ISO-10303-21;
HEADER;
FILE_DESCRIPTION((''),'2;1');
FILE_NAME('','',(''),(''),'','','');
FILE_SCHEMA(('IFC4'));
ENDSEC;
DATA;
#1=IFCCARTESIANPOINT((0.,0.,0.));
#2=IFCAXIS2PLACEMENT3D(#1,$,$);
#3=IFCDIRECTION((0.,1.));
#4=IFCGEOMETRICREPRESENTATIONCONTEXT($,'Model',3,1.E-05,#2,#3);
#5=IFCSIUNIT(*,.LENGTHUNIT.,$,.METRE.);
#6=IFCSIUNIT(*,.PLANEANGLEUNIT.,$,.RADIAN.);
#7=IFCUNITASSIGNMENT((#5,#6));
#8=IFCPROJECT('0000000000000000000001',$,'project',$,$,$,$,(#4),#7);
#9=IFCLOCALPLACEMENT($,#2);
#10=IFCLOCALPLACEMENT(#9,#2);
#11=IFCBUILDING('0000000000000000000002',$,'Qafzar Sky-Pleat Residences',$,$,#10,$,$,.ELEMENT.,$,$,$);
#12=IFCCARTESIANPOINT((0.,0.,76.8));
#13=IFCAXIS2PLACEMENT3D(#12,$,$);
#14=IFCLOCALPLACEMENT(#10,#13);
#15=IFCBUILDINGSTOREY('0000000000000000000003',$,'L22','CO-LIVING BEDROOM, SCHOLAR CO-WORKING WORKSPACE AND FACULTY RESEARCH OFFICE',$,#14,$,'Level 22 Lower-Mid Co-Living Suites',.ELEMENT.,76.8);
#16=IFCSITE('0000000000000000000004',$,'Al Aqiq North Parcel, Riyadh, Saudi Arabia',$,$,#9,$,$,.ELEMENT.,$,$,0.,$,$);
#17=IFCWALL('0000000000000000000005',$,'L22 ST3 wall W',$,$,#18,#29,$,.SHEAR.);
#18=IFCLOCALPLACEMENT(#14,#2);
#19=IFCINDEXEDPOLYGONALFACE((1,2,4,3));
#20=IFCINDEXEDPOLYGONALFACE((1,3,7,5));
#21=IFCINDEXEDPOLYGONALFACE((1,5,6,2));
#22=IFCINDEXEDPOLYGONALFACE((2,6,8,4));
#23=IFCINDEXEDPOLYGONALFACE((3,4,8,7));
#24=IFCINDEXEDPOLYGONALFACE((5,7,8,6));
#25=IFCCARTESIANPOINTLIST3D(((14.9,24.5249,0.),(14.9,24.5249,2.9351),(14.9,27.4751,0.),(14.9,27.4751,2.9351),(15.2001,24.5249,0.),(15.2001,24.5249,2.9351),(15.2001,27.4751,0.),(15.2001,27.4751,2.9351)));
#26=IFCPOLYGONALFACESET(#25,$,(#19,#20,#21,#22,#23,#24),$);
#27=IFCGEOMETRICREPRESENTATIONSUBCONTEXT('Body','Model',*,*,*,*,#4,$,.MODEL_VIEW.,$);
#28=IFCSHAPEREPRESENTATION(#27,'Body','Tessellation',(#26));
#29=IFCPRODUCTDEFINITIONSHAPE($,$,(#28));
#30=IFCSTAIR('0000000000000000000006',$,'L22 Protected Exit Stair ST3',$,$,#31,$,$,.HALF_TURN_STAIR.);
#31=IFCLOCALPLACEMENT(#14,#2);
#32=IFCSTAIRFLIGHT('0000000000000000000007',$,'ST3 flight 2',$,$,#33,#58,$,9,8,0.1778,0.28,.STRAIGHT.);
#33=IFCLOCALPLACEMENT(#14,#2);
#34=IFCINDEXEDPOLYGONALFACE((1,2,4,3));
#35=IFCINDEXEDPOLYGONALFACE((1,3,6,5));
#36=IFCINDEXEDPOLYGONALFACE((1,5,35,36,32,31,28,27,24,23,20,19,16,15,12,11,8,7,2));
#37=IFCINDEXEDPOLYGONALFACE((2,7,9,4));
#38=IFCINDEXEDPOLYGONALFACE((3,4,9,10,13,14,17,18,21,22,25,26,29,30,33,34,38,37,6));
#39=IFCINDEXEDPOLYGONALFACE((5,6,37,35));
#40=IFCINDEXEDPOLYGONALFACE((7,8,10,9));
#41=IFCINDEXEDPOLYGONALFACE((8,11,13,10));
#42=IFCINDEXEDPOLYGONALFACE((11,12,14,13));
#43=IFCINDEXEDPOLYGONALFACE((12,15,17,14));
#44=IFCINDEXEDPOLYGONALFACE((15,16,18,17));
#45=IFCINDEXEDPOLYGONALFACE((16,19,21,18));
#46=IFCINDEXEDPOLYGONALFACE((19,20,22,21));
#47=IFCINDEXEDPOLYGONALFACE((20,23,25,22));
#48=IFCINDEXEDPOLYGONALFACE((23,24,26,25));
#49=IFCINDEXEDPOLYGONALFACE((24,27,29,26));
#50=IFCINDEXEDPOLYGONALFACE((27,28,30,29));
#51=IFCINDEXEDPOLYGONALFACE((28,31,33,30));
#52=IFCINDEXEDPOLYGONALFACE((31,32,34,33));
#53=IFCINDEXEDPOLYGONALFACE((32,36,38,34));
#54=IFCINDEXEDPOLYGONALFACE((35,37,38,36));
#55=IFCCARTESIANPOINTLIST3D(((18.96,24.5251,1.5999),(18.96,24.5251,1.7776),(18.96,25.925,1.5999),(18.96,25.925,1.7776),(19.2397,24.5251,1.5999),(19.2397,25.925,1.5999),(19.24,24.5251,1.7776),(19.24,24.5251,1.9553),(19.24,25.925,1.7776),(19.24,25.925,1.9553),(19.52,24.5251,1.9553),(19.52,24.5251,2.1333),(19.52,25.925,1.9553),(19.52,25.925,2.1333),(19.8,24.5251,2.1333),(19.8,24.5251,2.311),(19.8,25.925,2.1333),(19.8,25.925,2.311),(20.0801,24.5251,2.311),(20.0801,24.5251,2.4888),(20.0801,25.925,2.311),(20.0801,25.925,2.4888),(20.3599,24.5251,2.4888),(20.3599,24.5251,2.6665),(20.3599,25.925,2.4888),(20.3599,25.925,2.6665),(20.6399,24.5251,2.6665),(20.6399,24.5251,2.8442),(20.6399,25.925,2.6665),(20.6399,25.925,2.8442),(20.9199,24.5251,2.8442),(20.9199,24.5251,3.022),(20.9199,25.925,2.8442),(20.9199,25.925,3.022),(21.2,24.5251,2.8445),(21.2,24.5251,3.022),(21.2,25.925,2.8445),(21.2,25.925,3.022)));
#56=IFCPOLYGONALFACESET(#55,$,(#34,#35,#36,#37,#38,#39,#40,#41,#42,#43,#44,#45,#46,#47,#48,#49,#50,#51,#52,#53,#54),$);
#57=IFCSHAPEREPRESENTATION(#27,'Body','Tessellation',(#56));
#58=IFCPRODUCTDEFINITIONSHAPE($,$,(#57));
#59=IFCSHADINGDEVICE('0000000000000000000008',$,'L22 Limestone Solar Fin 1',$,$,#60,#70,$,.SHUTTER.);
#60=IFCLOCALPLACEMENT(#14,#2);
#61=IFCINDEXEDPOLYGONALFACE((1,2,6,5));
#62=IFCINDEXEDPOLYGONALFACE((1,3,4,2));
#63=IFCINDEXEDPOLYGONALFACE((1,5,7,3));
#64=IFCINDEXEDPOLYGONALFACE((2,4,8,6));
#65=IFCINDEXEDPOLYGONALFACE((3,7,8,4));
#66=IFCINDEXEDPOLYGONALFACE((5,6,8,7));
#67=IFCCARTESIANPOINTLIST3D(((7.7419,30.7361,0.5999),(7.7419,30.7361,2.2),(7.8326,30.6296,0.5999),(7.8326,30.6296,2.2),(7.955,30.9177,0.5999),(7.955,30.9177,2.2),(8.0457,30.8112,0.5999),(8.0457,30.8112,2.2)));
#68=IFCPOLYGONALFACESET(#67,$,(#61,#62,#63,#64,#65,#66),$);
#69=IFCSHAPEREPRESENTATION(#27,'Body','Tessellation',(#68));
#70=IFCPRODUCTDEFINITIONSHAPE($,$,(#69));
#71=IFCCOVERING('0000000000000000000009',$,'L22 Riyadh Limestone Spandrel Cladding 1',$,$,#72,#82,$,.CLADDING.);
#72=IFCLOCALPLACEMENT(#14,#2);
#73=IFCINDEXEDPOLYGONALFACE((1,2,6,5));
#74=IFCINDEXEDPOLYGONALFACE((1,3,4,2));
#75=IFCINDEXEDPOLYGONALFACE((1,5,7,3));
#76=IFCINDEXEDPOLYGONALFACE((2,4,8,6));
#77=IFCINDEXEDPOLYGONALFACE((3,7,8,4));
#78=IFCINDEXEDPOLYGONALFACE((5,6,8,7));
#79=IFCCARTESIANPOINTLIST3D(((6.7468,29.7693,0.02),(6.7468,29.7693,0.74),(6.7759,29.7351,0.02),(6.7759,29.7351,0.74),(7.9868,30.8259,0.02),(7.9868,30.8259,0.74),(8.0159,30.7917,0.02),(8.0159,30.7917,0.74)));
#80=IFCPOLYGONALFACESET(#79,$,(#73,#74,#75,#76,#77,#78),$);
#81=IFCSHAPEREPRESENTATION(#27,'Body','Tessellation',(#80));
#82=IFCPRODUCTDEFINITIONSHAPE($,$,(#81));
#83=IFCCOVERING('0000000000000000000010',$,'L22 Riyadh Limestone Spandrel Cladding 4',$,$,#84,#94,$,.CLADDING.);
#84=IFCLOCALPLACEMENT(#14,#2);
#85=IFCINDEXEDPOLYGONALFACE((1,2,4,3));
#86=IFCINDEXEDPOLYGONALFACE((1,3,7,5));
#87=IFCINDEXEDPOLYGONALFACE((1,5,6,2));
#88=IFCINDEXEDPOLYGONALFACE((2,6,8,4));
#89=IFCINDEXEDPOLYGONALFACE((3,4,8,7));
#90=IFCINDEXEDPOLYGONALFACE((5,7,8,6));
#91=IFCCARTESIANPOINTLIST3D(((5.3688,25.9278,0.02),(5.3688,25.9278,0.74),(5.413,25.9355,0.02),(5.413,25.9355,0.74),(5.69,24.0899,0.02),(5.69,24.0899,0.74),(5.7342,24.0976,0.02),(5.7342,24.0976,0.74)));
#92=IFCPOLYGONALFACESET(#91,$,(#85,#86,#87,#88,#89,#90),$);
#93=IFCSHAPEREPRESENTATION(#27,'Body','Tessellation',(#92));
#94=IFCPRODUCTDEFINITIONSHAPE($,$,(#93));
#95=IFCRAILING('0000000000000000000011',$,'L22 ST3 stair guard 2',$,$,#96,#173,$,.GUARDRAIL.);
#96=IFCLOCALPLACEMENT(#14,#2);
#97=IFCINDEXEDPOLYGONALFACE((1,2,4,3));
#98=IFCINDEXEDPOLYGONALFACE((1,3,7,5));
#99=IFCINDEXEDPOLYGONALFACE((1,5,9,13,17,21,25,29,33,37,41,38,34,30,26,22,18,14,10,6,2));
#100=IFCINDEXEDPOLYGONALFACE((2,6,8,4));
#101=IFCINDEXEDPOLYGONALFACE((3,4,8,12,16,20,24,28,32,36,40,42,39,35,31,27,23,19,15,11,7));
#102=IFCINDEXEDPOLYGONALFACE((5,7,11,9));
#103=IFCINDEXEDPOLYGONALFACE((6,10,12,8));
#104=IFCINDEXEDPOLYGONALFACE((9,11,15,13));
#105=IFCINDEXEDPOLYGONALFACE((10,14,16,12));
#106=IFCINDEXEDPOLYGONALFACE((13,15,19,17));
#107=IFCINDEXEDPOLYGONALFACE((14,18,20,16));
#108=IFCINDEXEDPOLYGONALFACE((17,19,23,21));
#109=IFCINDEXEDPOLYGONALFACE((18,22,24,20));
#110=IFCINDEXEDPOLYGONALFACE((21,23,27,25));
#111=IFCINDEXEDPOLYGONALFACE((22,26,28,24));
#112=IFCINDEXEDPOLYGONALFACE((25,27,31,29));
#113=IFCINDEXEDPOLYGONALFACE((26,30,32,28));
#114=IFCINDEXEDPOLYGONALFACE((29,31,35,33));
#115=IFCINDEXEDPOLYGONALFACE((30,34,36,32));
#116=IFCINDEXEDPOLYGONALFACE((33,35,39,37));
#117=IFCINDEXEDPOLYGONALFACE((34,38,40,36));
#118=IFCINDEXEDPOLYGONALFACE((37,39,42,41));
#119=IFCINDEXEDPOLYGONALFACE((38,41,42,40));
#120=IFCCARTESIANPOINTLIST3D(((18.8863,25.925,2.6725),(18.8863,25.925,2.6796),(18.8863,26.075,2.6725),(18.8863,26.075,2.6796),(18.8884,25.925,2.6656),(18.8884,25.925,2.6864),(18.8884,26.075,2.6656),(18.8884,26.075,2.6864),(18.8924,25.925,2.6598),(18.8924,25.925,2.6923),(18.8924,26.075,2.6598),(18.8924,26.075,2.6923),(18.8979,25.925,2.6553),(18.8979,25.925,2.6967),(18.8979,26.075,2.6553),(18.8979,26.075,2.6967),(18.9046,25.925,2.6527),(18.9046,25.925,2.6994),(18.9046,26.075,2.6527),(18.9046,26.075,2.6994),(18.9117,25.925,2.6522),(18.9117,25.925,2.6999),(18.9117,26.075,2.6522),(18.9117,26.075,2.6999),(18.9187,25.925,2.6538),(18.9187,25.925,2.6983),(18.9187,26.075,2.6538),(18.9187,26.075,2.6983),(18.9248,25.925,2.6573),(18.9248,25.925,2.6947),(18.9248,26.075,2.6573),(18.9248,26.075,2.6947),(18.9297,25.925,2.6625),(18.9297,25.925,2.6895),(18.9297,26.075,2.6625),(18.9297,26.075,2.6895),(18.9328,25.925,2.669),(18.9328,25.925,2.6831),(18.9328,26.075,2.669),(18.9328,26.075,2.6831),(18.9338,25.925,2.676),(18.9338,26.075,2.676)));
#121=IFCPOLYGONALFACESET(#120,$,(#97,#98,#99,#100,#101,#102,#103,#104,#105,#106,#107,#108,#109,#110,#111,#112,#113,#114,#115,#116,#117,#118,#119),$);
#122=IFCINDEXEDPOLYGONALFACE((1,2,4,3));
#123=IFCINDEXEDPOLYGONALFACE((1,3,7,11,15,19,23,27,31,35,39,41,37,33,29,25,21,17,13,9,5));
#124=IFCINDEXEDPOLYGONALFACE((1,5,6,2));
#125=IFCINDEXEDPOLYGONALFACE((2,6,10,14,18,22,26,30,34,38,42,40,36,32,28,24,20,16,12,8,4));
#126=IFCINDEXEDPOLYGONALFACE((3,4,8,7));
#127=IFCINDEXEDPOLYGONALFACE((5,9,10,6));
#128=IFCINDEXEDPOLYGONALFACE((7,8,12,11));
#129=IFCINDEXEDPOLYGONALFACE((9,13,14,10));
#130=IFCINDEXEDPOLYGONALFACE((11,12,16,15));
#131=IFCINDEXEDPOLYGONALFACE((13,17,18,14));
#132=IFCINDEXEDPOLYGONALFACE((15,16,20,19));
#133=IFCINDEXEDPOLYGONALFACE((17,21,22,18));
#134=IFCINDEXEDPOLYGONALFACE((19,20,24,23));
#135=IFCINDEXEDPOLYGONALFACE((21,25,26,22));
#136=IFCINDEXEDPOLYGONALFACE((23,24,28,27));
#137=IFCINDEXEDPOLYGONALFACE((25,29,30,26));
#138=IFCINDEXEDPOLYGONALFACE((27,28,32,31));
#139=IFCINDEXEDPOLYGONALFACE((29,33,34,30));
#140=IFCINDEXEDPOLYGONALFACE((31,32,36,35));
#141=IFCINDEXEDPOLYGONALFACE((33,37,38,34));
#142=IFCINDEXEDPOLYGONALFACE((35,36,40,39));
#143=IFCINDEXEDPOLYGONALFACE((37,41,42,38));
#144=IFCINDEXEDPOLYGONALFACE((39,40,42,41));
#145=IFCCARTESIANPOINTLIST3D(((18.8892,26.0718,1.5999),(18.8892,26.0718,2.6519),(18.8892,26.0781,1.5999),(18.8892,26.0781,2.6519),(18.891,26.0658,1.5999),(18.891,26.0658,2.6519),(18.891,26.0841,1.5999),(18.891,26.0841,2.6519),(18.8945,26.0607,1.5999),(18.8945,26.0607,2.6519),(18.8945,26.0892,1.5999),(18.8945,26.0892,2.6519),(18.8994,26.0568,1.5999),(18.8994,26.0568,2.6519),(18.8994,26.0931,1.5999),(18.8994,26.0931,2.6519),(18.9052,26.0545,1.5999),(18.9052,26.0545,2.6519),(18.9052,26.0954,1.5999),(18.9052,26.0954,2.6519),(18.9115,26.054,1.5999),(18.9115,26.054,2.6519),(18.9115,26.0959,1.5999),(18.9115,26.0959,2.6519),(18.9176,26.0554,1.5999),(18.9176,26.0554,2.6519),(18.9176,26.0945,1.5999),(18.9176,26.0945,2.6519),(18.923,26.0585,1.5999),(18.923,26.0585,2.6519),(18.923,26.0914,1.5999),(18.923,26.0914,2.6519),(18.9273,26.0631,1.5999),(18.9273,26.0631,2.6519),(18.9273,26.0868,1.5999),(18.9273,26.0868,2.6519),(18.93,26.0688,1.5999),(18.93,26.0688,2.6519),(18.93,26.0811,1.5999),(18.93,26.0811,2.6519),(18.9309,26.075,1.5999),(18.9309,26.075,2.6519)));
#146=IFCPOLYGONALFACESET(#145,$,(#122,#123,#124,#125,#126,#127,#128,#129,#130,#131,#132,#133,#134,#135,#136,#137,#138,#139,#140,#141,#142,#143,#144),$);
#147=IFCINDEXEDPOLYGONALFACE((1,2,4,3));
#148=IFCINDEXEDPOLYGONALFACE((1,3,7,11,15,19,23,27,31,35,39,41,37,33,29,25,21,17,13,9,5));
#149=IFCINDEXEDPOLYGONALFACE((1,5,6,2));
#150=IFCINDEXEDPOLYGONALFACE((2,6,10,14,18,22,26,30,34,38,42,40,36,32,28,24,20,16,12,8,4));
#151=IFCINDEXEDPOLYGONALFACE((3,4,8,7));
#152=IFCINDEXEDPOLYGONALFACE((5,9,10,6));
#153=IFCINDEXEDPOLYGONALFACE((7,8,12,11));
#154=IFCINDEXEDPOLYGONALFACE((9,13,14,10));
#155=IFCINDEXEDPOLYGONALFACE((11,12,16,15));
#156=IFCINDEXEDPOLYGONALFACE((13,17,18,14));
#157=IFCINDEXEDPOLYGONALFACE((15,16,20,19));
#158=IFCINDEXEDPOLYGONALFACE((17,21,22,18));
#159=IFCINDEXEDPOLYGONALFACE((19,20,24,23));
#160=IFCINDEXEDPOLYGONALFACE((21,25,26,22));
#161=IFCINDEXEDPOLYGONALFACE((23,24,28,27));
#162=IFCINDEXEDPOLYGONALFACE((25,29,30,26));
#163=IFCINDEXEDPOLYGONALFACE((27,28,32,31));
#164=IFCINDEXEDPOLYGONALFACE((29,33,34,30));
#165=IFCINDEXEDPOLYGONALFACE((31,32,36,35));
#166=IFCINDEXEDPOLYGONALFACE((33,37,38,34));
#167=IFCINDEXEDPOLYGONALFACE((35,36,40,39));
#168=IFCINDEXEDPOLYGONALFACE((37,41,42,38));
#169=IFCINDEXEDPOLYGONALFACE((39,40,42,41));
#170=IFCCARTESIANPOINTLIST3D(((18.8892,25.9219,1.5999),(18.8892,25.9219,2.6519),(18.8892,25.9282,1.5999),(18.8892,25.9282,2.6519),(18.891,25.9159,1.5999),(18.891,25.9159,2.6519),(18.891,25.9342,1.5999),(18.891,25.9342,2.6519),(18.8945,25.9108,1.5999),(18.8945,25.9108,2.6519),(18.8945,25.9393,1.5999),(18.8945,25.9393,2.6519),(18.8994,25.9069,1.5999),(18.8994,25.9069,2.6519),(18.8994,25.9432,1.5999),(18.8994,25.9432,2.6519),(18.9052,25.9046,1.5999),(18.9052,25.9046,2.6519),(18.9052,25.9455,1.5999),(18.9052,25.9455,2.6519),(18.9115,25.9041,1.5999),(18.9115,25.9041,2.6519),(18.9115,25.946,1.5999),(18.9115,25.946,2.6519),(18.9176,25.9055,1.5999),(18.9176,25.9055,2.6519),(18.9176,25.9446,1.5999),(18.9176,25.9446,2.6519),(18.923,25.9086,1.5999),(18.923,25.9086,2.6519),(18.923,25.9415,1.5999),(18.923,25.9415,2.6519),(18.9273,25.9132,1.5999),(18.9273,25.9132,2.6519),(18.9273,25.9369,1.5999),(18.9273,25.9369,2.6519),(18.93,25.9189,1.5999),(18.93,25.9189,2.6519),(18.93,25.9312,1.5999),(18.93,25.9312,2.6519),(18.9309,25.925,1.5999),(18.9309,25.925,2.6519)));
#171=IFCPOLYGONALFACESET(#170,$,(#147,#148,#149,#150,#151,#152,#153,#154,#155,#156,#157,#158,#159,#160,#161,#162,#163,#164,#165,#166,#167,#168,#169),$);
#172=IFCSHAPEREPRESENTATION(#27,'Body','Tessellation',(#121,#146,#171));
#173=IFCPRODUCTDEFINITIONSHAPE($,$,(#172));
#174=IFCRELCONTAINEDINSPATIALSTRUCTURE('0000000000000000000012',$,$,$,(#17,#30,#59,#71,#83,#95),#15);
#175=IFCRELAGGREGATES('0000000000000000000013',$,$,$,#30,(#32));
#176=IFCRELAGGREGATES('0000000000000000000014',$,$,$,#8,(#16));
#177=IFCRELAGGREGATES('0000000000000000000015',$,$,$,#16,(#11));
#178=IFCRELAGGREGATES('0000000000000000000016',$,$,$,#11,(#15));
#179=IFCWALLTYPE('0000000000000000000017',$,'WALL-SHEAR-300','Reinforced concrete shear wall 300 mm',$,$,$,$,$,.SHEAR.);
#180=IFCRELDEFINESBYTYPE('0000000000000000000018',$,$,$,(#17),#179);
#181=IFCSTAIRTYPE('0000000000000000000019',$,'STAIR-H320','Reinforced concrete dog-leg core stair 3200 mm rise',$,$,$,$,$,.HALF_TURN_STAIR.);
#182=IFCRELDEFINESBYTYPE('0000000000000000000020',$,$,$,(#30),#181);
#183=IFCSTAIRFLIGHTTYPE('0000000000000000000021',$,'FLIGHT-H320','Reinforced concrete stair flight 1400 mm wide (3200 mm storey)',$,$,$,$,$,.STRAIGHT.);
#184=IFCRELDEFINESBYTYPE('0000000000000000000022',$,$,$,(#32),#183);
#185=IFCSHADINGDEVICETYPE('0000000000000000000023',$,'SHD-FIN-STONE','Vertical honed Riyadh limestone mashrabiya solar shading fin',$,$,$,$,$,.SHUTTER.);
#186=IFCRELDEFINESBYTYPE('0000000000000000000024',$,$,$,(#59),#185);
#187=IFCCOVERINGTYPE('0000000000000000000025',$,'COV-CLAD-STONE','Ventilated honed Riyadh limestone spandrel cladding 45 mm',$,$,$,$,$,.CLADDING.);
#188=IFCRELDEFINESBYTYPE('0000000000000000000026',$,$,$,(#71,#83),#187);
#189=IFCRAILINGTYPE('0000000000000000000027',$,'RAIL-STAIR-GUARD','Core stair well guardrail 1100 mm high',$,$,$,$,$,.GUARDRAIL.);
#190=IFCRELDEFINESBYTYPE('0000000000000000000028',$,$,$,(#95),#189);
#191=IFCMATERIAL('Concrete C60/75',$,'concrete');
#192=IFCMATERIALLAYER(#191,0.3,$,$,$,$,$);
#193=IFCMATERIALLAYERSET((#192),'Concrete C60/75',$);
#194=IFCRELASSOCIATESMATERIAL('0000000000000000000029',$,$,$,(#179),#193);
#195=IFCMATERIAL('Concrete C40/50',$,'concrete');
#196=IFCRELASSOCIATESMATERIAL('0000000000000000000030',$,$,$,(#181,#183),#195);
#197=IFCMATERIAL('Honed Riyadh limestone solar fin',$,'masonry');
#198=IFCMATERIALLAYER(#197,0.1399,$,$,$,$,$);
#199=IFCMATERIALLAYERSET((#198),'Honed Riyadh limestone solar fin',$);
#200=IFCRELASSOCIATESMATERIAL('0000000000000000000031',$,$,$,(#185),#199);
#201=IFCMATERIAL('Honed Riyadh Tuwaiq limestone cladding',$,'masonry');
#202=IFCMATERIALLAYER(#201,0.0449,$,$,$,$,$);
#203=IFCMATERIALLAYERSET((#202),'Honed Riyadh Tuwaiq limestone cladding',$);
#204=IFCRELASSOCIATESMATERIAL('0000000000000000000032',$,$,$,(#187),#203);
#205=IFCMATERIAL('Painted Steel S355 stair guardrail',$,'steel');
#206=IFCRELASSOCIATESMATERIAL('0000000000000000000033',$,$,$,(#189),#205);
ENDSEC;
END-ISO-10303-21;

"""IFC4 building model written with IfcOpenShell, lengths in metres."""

from ifc_helpers import new_model, si_unit, direction, frame, frame_2d, origin, origin_2d, place, context, subcontext, project, spatial, polyline, rectangle, circle, outline, extrude, source, transform, mapped, material, layer, layer_set, type_object, element, aggregate, save


model = new_model("IFC4")

# Units and contexts
model_context = context("Model", 3, precision=1e-05, world=origin(), true_north=direction((0.0, 1.0)))
body_context = subcontext(model_context, "Body", "Model", "MODEL_VIEW")
ifc_project = project(units=[si_unit("LENGTHUNIT", "METRE"), si_unit("PLANEANGLEUNIT", "RADIAN")], contexts=[model_context])

# Site, building, storey
site_placement = place(None, origin())
site = spatial("IfcSite", under=ifc_project, at=site_placement, Name="Al Aqiq North Parcel, Riyadh, Saudi Arabia", CompositionType="ELEMENT", RefElevation=0.0)
building_placement = place(site_placement, origin())
building = spatial("IfcBuilding", under=site, at=building_placement, Name="Qafzar Sky-Pleat Residences", CompositionType="ELEMENT")
storey_placement = place(building_placement, frame((0.0, 0.0, 76.8)))
storey = spatial("IfcBuildingStorey", under=building, at=storey_placement, Name="L22", Description="CO-LIVING BEDROOM, SCHOLAR CO-WORKING WORKSPACE AND FACULTY RESEARCH OFFICE", LongName="Level 22 Lower-Mid Co-Living Suites", CompositionType="ELEMENT", Elevation=76.8)

# Shared definitions
ifc_material_1 = material(Name="Concrete C60/75", Category="concrete")

# Wall
ifc_layer_1 = layer(ifc_material_1, 0.3)
ifc_layer_set_1 = layer_set([ifc_layer_1], Name="Concrete C60/75")
wall_type_1 = type_object("IfcWallType", Name="WALL-SHEAR-300", Description="Reinforced concrete shear wall 300 mm", PredefinedType="SHEAR", material=ifc_layer_set_1)
wall_1_placement = place(storey_placement, frame((15.05, 27.4751, 0.0), z_axis=(0.0, 0.0, 1.0), x_axis=(0.0, -1.0, 0.0)))
element("IfcWall", 1, at=wall_1_placement, inside=storey, type_object=wall_type_1, Name="L22 ST3 wall W", PredefinedType="SHEAR", context=body_context, shape_type="SweptSolid", body=[
    extrude(rectangle(XDim=2.9502, YDim=0.3, at=frame_2d((1.4751, 0.0))), origin(), (0.0, 0.0, 1.0), 2.9351),
])

# Stair, stair flight
ifc_material_2 = material(Name="Concrete C40/50", Category="concrete")
stair_type = type_object("IfcStairType", Name="STAIR-H320", Description="Reinforced concrete dog-leg core stair 3200 mm rise", PredefinedType="HALF_TURN_STAIR", material=ifc_material_2)
stair_placement = place(storey_placement, origin())
stair = element("IfcStair", 2, at=stair_placement, inside=storey, type_object=stair_type, Name="L22 Protected Exit Stair ST3", PredefinedType="HALF_TURN_STAIR")
stair_flight_type = type_object("IfcStairFlightType", Name="FLIGHT-H320", Description="Reinforced concrete stair flight 1400 mm wide (3200 mm storey)", PredefinedType="STRAIGHT", material=ifc_material_2)
shared_shape_1 = source(origin(), body_context, "Body", "SweptSolid", [
    extrude(outline(polyline([(0.0, 0.0), (0.0, 0.1777), (0.28, 0.1777), (0.28, 0.3555), (0.5601, 0.3555), (0.5601, 0.5334), (0.8401, 0.5334), (0.8401, 0.7112), (1.1201, 0.7112), (1.1201, 0.8889), (1.3999, 0.8889), (1.3999, 1.0667), (1.6799, 1.0667), (1.6799, 1.2444), (1.96, 1.2444), (1.96, 1.4221), (2.24, 1.4221), (2.24, 1.6001), (2.24, 1.2446), (0.2798, 0.0), (0.0, 0.0)])), frame((0.0, 0.7, 0.0), z_axis=(0.0, -1.0, 0.0), x_axis=(1.0, 0.0, 0.0)), (0.0, 0.0, 1.0), 1.3999),
])
stair_flight_placement = place(storey_placement, frame((18.96, 25.2251, 1.5999), z_axis=(0.0, 0.0, 1.0), x_axis=(1.0, 0.0, 0.0)))
stair_flight = element("IfcStairFlight", 3, at=stair_flight_placement, type_object=stair_flight_type, Name="ST3 flight 2", NumberOfRisers=9, NumberOfTreads=8, PredefinedType="STRAIGHT", RiserHeight=0.1778, TreadLength=0.28, context=body_context, shape_type="MappedRepresentation", body=[
    mapped(shared_shape_1, transform((0.0, 0.0, 0.0), x_axis=(1.0, 0.0, 0.0), y_axis=(0.0, 1.0, 0.0), z_axis=(0.0, 0.0, 1.0), scale=1.0)),
])
aggregate(stair, [stair_flight])

# Shading device
ifc_material_3 = material(Name="Honed Riyadh limestone solar fin", Category="masonry")
ifc_layer_2 = layer(ifc_material_3, 0.1399)
ifc_layer_set_2 = layer_set([ifc_layer_2], Name="Honed Riyadh limestone solar fin")
shading_device_type = type_object("IfcShadingDeviceType", Name="SHD-FIN-STONE", Description="Vertical honed Riyadh limestone mashrabiya solar shading fin", PredefinedType="SHUTTER", material=ifc_layer_set_2)
shared_shape_2 = source(origin(), body_context, "Body", "SweptSolid", [
    extrude(rectangle(XDim=0.1399, YDim=0.28, at=origin_2d()), origin(), (0.0, 0.0, 1.0), 1.6001),
])
shading_device_placement = place(storey_placement, frame((7.8938, 30.7737, 0.5999), z_axis=(0.0, 0.0, 1.0), x_axis=(-0.648554, 0.761169, 0.0)))
element("IfcShadingDevice", 4, at=shading_device_placement, inside=storey, type_object=shading_device_type, Name="L22 Limestone Solar Fin 1", PredefinedType="SHUTTER", context=body_context, shape_type="MappedRepresentation", body=[
    mapped(shared_shape_2, transform((0.0, 0.0, 0.0), x_axis=(1.0, 0.0, 0.0), y_axis=(0.0, 1.0, 0.0), z_axis=(0.0, 0.0, 1.0), scale=1.0)),
])

# Coverings
ifc_material_4 = material(Name="Honed Riyadh Tuwaiq limestone cladding", Category="masonry")
ifc_layer_3 = layer(ifc_material_4, 0.0449)
ifc_layer_set_3 = layer_set([ifc_layer_3], Name="Honed Riyadh Tuwaiq limestone cladding")
covering_type = type_object("IfcCoveringType", Name="COV-CLAD-STONE", Description="Ventilated honed Riyadh limestone spandrel cladding 45 mm", PredefinedType="CLADDING", material=ifc_layer_set_3)
shared_shape_3 = source(origin(), body_context, "Body", "SweptSolid", [
    extrude(rectangle(XDim=1.6292, YDim=0.0449, at=origin_2d()), origin(), (0.0, 0.0, 1.0), 0.72),
])
covering_1_placement = place(storey_placement, frame((7.3813, 30.2805, 0.02), z_axis=(0.0, 0.0, 1.0), x_axis=(-0.76116, -0.648564, 0.0)))
element("IfcCovering", 5, at=covering_1_placement, inside=storey, type_object=covering_type, Name="L22 Riyadh Limestone Spandrel Cladding 1", PredefinedType="CLADDING", context=body_context, shape_type="MappedRepresentation", body=[
    mapped(shared_shape_3, transform((0.0, 0.0, 0.0), x_axis=(1.0, 0.0, 0.0), y_axis=(0.0, 1.0, 0.0), z_axis=(0.0, 0.0, 1.0), scale=1.0)),
])
shared_shape_4 = source(origin(), body_context, "Body", "SweptSolid", [
    extrude(rectangle(XDim=1.8657, YDim=0.0449, at=origin_2d()), origin(), (0.0, 0.0, 1.0), 0.72),
])
covering_2_placement = place(storey_placement, frame((5.5515, 25.0127, 0.02), z_axis=(0.0, 0.0, 1.0), x_axis=(0.172162, -0.985069, 0.0)))
element("IfcCovering", 6, at=covering_2_placement, inside=storey, type_object=covering_type, Name="L22 Riyadh Limestone Spandrel Cladding 4", PredefinedType="CLADDING", context=body_context, shape_type="MappedRepresentation", body=[
    mapped(shared_shape_4, transform((0.0, 0.0, 0.0), x_axis=(1.0, 0.0, 0.0), y_axis=(0.0, 1.0, 0.0), z_axis=(0.0, 0.0, 1.0), scale=1.0)),
])

# Railing
ifc_material_5 = material(Name="Painted Steel S355 stair guardrail", Category="steel")
railing_type = type_object("IfcRailingType", Name="RAIL-STAIR-GUARD", Description="Core stair well guardrail 1100 mm high", PredefinedType="GUARDRAIL", material=ifc_material_5)
shared_shape_5 = source(origin(), body_context, "Body", "SweptSolid", [
    extrude(circle(Radius=0.0239, at=origin_2d()), frame((0.0, 0.0, 1.0762), z_axis=(0.0, -1.0, 0.0), x_axis=(1.0, 0.0, 0.0)), (0.0, 0.0, 1.0), 0.1499),
    extrude(circle(Radius=0.021, at=origin_2d()), origin(), (0.0, 0.0, 1.0), 1.052),
    extrude(circle(Radius=0.021, at=origin_2d()), frame((0.0, -0.1499, 0.0)), (0.0, 0.0, 1.0), 1.052),
])
railing_1_placement = place(storey_placement, frame((18.9099, 26.075, 1.5999)))
element("IfcRailing", 7, at=railing_1_placement, inside=storey, type_object=railing_type, Name="L22 ST3 stair guard 2", PredefinedType="GUARDRAIL", context=body_context, shape_type="MappedRepresentation", body=[
    mapped(shared_shape_5, transform((0.0, 0.0, 0.0), x_axis=(1.0, 0.0, 0.0), y_axis=(0.0, 1.0, 0.0), z_axis=(0.0, 0.0, 1.0), scale=1.0)),
])

save(model, "model.ifc")
